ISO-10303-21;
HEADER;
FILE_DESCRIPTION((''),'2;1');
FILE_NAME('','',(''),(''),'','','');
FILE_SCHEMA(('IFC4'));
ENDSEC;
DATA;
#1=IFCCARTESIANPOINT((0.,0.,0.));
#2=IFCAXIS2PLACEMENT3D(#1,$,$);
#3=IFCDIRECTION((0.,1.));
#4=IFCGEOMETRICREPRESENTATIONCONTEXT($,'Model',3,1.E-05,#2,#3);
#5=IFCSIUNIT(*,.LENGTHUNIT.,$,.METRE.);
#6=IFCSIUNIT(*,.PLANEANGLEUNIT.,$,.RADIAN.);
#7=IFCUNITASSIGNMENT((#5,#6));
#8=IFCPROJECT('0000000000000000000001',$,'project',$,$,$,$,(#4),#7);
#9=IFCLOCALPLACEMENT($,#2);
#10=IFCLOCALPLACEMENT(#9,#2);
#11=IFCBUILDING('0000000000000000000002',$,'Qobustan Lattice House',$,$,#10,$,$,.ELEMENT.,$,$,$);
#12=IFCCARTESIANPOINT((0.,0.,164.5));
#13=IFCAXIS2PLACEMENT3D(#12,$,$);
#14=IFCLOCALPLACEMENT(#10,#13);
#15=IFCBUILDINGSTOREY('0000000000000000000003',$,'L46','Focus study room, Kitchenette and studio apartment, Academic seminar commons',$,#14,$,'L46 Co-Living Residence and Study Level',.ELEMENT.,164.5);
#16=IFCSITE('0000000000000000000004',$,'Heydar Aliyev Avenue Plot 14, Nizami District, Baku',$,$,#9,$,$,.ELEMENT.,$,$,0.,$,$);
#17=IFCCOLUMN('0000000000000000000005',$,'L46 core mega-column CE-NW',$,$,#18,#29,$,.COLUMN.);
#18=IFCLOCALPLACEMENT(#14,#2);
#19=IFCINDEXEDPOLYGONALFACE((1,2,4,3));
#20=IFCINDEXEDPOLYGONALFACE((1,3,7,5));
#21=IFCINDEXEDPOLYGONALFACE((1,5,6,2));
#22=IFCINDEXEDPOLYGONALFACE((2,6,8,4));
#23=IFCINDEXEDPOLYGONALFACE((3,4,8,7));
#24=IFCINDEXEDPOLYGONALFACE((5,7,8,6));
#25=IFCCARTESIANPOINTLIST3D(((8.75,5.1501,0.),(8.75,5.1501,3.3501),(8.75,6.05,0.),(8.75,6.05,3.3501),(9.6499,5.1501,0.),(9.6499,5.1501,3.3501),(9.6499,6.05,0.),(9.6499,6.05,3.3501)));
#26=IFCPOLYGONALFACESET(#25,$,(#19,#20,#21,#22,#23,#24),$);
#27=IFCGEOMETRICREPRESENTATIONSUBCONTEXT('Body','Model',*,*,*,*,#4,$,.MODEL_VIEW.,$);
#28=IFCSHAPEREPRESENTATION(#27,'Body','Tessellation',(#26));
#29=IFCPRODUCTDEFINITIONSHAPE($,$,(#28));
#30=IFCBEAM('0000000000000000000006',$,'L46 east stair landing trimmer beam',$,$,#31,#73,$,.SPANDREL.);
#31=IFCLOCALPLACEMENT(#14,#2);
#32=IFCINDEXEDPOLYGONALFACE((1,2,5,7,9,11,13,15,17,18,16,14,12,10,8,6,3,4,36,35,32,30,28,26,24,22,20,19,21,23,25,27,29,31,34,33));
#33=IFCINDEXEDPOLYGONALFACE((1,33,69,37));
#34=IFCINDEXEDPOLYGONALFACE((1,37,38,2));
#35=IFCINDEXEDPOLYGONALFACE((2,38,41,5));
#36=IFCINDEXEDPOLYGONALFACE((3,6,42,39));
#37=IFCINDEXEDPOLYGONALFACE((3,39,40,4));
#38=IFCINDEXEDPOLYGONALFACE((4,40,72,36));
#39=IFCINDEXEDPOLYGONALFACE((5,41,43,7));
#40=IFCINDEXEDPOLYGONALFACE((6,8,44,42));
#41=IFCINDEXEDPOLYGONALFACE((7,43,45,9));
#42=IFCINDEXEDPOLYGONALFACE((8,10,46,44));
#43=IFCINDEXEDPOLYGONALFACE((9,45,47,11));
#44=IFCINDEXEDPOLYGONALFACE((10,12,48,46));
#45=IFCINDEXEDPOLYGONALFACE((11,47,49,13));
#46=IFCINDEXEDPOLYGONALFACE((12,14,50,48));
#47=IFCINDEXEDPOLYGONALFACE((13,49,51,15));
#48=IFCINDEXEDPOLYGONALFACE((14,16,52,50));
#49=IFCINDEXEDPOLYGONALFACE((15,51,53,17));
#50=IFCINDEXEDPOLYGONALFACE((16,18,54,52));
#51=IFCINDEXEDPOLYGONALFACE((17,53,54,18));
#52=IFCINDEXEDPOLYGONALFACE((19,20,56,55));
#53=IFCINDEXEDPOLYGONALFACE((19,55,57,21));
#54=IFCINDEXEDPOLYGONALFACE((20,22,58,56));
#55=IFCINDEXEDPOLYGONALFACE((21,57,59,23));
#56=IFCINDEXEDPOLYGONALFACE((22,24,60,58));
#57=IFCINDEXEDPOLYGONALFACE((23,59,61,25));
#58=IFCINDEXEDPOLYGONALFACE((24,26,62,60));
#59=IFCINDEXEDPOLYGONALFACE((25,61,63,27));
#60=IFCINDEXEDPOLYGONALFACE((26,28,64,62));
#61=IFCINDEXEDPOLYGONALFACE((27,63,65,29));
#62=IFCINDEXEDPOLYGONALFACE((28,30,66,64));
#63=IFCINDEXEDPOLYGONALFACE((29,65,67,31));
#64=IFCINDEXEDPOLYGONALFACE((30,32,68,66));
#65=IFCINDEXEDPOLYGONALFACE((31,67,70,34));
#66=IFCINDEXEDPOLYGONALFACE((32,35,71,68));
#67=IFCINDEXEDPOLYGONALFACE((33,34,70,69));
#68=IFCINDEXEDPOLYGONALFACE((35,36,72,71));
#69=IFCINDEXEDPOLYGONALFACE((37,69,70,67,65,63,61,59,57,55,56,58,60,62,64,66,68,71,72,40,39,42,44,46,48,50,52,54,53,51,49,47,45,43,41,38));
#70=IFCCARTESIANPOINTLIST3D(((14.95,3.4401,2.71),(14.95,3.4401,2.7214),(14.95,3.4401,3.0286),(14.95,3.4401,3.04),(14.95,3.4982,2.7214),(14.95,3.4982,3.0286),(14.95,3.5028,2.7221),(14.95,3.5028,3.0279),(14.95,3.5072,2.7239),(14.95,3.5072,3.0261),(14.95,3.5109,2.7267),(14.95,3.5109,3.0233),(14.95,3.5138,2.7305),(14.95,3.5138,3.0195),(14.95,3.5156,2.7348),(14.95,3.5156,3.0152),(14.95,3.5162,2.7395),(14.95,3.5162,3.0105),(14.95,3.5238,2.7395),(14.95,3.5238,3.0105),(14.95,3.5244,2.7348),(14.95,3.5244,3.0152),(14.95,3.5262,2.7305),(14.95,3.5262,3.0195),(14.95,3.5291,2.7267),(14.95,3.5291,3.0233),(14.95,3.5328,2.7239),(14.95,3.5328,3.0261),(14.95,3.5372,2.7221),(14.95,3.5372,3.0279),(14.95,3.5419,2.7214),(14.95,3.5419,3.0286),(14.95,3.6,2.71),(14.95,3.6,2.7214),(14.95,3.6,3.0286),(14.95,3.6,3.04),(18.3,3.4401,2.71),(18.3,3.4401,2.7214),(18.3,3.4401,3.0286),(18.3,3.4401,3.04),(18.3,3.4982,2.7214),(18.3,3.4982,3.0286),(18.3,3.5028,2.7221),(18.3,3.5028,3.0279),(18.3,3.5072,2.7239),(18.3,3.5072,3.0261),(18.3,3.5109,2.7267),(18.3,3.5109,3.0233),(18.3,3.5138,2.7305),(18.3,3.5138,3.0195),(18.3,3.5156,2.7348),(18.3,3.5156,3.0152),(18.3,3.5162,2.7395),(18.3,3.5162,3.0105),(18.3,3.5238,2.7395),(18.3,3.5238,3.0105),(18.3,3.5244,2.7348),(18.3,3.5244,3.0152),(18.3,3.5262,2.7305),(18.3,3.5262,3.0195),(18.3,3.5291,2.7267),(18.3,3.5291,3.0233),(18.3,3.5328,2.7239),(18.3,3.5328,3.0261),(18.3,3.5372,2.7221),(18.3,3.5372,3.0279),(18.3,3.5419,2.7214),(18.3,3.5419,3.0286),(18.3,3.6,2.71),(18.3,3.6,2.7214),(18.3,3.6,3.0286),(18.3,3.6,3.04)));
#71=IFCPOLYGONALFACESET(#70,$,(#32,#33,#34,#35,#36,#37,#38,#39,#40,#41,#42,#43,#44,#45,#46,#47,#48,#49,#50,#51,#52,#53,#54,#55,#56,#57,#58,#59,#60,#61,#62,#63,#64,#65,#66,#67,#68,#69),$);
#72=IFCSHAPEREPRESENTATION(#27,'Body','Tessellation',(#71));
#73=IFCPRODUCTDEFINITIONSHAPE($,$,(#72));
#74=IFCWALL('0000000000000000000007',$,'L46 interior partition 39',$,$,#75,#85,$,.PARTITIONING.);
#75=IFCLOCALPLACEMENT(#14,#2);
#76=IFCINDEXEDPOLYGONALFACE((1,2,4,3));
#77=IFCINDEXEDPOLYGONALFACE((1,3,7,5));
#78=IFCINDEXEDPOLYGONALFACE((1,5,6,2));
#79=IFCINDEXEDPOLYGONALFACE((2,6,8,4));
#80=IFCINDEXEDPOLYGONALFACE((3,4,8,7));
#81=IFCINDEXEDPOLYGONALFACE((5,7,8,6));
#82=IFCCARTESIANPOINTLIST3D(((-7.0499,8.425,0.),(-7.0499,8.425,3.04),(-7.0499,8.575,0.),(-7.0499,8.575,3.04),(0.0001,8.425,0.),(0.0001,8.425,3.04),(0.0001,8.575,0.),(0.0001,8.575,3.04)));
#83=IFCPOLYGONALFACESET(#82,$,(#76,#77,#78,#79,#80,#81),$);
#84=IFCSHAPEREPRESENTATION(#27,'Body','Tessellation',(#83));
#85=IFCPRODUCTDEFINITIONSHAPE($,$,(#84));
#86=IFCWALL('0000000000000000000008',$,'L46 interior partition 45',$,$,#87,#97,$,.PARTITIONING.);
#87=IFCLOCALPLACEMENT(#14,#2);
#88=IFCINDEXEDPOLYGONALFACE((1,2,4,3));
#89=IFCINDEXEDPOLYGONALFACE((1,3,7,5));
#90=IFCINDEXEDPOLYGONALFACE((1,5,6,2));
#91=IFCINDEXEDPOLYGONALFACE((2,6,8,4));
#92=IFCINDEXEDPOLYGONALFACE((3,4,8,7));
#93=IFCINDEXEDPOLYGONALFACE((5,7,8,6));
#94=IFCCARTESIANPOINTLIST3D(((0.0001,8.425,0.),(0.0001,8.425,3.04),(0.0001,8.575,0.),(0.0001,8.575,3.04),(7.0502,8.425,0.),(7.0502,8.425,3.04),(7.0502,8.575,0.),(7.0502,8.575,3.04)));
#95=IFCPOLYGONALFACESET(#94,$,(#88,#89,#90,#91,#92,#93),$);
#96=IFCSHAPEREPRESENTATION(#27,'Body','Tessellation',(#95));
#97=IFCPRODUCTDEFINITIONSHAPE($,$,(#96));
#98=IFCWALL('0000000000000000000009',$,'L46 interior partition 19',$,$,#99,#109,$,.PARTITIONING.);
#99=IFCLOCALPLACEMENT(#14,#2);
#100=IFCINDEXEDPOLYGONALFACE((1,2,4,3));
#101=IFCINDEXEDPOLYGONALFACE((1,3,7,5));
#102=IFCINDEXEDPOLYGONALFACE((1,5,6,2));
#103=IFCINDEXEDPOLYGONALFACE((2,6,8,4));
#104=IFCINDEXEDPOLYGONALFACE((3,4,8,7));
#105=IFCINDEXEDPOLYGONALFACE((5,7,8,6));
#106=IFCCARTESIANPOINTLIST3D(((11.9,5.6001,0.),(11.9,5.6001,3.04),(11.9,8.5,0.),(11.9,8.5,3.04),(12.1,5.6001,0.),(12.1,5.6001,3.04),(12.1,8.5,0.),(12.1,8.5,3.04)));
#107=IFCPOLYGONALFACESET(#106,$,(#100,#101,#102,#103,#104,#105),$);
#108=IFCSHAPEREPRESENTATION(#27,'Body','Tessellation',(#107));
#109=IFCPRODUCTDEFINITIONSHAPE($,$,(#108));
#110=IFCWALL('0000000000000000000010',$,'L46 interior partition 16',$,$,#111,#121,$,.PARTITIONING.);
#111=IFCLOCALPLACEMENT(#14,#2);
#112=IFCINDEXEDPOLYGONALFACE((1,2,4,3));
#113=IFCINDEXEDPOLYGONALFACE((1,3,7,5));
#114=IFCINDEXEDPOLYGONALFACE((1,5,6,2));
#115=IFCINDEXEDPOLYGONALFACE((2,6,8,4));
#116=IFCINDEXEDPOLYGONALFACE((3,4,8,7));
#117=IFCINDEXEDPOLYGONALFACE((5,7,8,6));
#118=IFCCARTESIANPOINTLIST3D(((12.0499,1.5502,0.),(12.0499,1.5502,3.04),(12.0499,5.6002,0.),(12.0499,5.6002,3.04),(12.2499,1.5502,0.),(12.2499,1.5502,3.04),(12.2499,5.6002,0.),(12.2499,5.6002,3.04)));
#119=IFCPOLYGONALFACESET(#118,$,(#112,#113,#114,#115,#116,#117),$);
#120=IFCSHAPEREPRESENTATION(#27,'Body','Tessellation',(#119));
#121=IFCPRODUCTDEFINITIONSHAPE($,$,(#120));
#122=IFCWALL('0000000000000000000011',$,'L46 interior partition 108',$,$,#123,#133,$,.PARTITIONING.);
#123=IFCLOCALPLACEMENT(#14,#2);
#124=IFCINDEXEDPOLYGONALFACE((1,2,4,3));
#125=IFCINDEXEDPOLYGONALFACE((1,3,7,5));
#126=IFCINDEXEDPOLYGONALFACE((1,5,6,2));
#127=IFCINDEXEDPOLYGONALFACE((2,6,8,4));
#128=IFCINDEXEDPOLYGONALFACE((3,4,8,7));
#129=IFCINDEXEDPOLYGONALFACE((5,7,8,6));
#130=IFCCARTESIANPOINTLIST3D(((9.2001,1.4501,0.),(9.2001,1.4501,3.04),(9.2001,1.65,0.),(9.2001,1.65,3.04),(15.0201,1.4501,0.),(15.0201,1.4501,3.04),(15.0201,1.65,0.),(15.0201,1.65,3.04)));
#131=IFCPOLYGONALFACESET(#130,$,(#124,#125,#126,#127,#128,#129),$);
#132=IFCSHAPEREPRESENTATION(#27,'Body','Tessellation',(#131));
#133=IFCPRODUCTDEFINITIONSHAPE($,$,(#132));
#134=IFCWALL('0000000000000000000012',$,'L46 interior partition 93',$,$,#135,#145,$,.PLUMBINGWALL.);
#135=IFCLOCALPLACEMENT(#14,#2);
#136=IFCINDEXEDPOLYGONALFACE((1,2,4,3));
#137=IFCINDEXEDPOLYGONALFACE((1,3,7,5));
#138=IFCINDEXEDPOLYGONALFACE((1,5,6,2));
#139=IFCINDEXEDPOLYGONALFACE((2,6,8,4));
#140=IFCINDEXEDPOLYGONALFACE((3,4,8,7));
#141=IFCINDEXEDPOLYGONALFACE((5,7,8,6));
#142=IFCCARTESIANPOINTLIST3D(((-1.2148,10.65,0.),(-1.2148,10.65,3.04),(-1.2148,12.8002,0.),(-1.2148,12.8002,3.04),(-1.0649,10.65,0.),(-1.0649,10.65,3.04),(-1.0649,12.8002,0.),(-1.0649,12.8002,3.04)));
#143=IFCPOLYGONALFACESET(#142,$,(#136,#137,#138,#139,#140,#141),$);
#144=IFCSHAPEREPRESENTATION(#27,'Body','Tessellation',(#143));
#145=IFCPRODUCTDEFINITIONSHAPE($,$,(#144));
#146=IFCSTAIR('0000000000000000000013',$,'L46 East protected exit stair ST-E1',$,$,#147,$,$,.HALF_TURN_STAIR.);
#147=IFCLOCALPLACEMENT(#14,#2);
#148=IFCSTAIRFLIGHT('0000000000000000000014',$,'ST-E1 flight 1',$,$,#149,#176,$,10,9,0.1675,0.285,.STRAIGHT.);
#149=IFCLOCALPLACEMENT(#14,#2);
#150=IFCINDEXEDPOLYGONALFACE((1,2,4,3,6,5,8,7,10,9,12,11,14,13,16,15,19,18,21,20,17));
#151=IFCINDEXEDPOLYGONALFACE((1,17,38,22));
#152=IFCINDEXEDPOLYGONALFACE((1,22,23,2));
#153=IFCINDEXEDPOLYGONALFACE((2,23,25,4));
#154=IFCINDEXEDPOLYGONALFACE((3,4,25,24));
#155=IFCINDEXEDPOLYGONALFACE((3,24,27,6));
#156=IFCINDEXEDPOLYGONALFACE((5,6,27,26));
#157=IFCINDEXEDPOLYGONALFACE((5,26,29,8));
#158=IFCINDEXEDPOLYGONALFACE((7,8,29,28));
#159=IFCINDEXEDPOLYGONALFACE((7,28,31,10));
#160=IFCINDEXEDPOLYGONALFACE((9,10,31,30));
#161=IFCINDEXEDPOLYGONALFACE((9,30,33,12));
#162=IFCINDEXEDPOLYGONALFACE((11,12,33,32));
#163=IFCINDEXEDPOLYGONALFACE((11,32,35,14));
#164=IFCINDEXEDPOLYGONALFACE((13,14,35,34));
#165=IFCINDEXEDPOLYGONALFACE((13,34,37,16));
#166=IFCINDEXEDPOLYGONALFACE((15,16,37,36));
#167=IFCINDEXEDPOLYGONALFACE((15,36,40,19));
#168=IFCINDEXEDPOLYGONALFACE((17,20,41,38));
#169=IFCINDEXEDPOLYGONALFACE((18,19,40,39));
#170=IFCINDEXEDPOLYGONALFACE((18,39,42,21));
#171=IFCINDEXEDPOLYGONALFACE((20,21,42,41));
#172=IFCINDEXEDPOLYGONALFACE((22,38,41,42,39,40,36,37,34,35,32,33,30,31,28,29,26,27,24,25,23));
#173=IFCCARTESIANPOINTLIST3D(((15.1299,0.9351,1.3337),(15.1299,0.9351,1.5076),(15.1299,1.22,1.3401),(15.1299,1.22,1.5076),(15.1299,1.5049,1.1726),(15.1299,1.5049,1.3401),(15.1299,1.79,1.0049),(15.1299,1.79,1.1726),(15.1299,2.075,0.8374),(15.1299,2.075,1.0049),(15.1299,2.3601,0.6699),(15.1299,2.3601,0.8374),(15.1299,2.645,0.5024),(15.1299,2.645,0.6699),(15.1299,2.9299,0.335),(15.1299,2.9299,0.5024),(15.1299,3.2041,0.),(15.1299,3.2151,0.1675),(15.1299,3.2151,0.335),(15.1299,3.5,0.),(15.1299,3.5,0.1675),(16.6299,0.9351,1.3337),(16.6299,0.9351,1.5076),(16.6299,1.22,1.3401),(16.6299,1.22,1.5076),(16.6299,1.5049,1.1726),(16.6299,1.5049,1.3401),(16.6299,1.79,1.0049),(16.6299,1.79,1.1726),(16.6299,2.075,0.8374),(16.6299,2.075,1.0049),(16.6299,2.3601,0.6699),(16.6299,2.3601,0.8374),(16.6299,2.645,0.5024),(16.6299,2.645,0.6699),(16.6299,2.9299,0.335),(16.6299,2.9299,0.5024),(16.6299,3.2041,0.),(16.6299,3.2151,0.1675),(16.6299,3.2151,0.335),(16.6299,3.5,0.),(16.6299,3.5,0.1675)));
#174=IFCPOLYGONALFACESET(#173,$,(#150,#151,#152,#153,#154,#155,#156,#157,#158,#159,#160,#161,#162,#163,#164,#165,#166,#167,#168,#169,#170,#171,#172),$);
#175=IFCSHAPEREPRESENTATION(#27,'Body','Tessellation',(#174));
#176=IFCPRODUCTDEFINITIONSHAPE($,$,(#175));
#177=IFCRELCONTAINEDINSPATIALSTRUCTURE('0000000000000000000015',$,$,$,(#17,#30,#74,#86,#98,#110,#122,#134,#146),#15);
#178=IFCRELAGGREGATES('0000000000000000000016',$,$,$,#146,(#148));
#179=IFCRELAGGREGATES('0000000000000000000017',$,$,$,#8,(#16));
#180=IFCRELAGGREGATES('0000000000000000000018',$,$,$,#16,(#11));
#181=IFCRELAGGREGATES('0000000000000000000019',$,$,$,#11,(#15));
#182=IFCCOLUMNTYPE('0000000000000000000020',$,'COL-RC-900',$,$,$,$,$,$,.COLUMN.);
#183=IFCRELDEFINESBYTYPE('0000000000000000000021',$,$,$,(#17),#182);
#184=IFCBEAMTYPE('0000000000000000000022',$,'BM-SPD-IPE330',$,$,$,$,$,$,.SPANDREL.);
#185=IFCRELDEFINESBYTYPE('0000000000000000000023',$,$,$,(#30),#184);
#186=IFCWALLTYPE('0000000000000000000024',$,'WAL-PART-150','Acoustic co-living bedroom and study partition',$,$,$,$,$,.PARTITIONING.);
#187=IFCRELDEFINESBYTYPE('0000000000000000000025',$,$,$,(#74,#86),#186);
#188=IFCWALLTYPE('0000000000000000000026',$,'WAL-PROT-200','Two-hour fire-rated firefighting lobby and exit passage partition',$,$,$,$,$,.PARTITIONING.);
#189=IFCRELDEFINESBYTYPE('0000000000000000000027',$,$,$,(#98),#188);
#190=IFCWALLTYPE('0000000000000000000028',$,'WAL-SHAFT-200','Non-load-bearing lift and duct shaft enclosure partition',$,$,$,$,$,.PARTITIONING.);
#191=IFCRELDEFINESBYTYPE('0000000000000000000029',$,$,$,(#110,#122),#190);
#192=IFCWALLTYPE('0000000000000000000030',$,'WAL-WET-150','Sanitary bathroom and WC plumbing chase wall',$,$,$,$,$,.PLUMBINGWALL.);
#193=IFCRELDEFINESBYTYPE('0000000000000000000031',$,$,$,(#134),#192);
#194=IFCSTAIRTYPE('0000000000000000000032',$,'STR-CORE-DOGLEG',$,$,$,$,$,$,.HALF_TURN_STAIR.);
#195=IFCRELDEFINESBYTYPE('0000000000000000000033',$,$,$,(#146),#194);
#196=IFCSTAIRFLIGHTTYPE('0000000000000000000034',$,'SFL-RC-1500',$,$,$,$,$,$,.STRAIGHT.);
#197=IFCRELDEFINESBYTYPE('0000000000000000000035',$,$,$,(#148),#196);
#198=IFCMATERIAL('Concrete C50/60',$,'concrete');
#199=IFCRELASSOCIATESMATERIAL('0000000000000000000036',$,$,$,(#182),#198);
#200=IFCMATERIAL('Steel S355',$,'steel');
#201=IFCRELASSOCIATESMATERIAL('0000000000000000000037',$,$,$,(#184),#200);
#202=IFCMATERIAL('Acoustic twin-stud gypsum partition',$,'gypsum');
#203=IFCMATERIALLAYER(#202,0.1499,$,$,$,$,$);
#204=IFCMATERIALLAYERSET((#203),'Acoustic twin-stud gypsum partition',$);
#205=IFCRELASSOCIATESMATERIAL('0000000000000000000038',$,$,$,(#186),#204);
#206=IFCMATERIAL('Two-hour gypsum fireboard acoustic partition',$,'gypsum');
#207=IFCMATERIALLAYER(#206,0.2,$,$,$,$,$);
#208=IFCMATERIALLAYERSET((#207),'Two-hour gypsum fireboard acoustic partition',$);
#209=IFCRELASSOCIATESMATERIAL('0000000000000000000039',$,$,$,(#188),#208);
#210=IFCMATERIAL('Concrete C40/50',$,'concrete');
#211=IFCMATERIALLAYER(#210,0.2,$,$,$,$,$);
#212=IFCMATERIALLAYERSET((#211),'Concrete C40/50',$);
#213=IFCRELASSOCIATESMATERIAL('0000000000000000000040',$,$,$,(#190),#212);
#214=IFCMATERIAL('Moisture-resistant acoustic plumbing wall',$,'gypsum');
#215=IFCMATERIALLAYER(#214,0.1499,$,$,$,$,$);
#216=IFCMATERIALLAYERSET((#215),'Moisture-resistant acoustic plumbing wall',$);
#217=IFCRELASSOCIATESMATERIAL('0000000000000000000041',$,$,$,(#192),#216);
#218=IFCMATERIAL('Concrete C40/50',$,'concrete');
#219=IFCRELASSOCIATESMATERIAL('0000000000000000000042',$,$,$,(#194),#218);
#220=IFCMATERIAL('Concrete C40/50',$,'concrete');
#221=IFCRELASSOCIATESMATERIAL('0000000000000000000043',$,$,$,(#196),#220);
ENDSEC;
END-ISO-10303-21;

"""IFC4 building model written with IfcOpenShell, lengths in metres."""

from ifc_helpers import new_model, si_unit, direction, frame, frame_2d, origin, origin_2d, place, context, subcontext, project, spatial, polyline, rectangle, i_section, outline, extrude, material, layer, layer_set, material_profile, profile_set, type_object, element, aggregate, save


model = new_model("IFC4")

# Units and contexts
model_context = context("Model", 3, precision=1e-05, world=origin(), true_north=direction((0.0, 1.0)))
body_context = subcontext(model_context, "Body", "Model", "MODEL_VIEW")
ifc_project = project(units=[si_unit("LENGTHUNIT", "METRE"), si_unit("PLANEANGLEUNIT", "RADIAN")], contexts=[model_context])

# Site, building, storey
site_placement = place(None, origin())
site = spatial("IfcSite", under=ifc_project, at=site_placement, Name="Heydar Aliyev Avenue Plot 14, Nizami District, Baku", CompositionType="ELEMENT", RefElevation=0.0)
building_placement = place(site_placement, origin())
building = spatial("IfcBuilding", under=site, at=building_placement, Name="Qobustan Lattice House", CompositionType="ELEMENT")
storey_placement = place(building_placement, frame((0.0, 0.0, 164.5)))
storey = spatial("IfcBuildingStorey", under=building, at=storey_placement, Name="L46", Description="Focus study room, Kitchenette and studio apartment, Academic seminar commons", LongName="L46 Co-Living Residence and Study Level", CompositionType="ELEMENT", Elevation=164.5)

# Column
ifc_material_1 = material(Name="Concrete C50/60", Category="concrete")
ifc_material_profile_1 = material_profile(ifc_material_1, rectangle(XDim=0.8999, YDim=0.8999, at=origin_2d()), Name="RC900x900")
ifc_profile_set_1 = profile_set([ifc_material_profile_1], Name="Concrete C50/60")
column_type = type_object("IfcColumnType", Name="COL-RC-900", PredefinedType="COLUMN", material=ifc_profile_set_1)
column_placement = place(storey_placement, frame((9.2, 5.6001, 0.0), z_axis=(0.0, 0.0, 1.0), x_axis=(1.0, 0.0, 0.0)))
element("IfcColumn", 1, at=column_placement, inside=storey, type_object=column_type, Name="L46 core mega-column CE-NW", PredefinedType="COLUMN", context=body_context, shape_type="SweptSolid", body=[
    extrude(rectangle(XDim=0.8999, YDim=0.8999, at=origin_2d()), origin(), (0.0, 0.0, 1.0), 3.3501),
])

# Beam
ifc_material_2 = material(Name="Steel S355", Category="steel")
ifc_material_profile_2 = material_profile(ifc_material_2, i_section(OverallWidth=0.1599, OverallDepth=0.3301, WebThickness=0.0076, FlangeThickness=0.0115, FilletRadius=0.0181, at=origin_2d()), Name="IPE330")
ifc_profile_set_2 = profile_set([ifc_material_profile_2], Name="Steel S355")
beam_type = type_object("IfcBeamType", Name="BM-SPD-IPE330", PredefinedType="SPANDREL", material=ifc_profile_set_2)
beam_placement = place(storey_placement, frame((14.95, 3.52, 2.875), z_axis=(1.0, 0.0, 0.0), x_axis=(0.0, 1.0, 0.0)))
element("IfcBeam", 2, at=beam_placement, inside=storey, type_object=beam_type, Name="L46 east stair landing trimmer beam", PredefinedType="SPANDREL", context=body_context, shape_type="SweptSolid", body=[
    extrude(i_section(OverallWidth=0.1599, OverallDepth=0.3301, WebThickness=0.0076, FlangeThickness=0.0115, FilletRadius=0.0181, at=origin_2d()), origin(), (0.0, 0.0, 1.0), 3.3501),
])

# Walls
ifc_material_3 = material(Name="Acoustic twin-stud gypsum partition", Category="gypsum")
ifc_layer_1 = layer(ifc_material_3, 0.1499)
ifc_layer_set_1 = layer_set([ifc_layer_1], Name="Acoustic twin-stud gypsum partition")
wall_type_1 = type_object("IfcWallType", Name="WAL-PART-150", Description="Acoustic co-living bedroom and study partition", PredefinedType="PARTITIONING", material=ifc_layer_set_1)
for number, where, z_axis, x_axis, name in (
    (3, (0.0, 8.5, 0.0), (0.0, 0.0, 1.0), (-1.0, 0.0, 0.0), "L46 interior partition 39"),
    (4, (7.05, 8.5, 0.0), (0.0, 0.0, 1.0), (-1.0, 0.0, 0.0), "L46 interior partition 45"),
):
    element("IfcWall", number, at=place(storey_placement, frame(where, z_axis=z_axis, x_axis=x_axis)), inside=storey, type_object=wall_type_1, Name=name, PredefinedType="PARTITIONING", context=body_context, shape_type="SweptSolid", body=[
        extrude(rectangle(XDim=7.05, YDim=0.1499, at=frame_2d((3.5249, 0.0))), origin(), (0.0, 0.0, 1.0), 3.04),
    ])
ifc_material_4 = material(Name="Two-hour gypsum fireboard acoustic partition", Category="gypsum")
ifc_layer_2 = layer(ifc_material_4, 0.2)
ifc_layer_set_2 = layer_set([ifc_layer_2], Name="Two-hour gypsum fireboard acoustic partition")
wall_type_2 = type_object("IfcWallType", Name="WAL-PROT-200", Description="Two-hour fire-rated firefighting lobby and exit passage partition", PredefinedType="PARTITIONING", material=ifc_layer_set_2)
wall_1_placement = place(storey_placement, frame((12.0, 8.5, 0.0), z_axis=(0.0, 0.0, 1.0), x_axis=(0.0, -1.0, 0.0)))
element("IfcWall", 5, at=wall_1_placement, inside=storey, type_object=wall_type_2, Name="L46 interior partition 19", PredefinedType="PARTITIONING", context=body_context, shape_type="SweptSolid", body=[
    extrude(rectangle(XDim=2.8999, YDim=0.2, at=frame_2d((1.45, 0.0))), origin(), (0.0, 0.0, 1.0), 3.04),
])
ifc_material_5 = material(Name="Concrete C40/50", Category="concrete")
ifc_layer_3 = layer(ifc_material_5, 0.2)
ifc_layer_set_3 = layer_set([ifc_layer_3], Name="Concrete C40/50")
wall_type_3 = type_object("IfcWallType", Name="WAL-SHAFT-200", Description="Non-load-bearing lift and duct shaft enclosure partition", PredefinedType="PARTITIONING", material=ifc_layer_set_3)
wall_2_placement = place(storey_placement, frame((12.1499, 5.6001, 0.0), z_axis=(0.0, 0.0, 1.0), x_axis=(0.0, -1.0, 0.0)))
element("IfcWall", 6, at=wall_2_placement, inside=storey, type_object=wall_type_3, Name="L46 interior partition 16", PredefinedType="PARTITIONING", context=body_context, shape_type="SweptSolid", body=[
    extrude(rectangle(XDim=4.05, YDim=0.2, at=frame_2d((2.0249, 0.0))), origin(), (0.0, 0.0, 1.0), 3.04),
])
wall_3_placement = place(storey_placement, frame((9.2, 1.55, 0.0), z_axis=(0.0, 0.0, 1.0), x_axis=(1.0, 0.0, 0.0)))
element("IfcWall", 7, at=wall_3_placement, inside=storey, type_object=wall_type_3, Name="L46 interior partition 108", PredefinedType="PARTITIONING", context=body_context, shape_type="SweptSolid", body=[
    extrude(rectangle(XDim=5.8201, YDim=0.2, at=frame_2d((2.9102, 0.0))), origin(), (0.0, 0.0, 1.0), 3.04),
])
ifc_material_6 = material(Name="Moisture-resistant acoustic plumbing wall", Category="gypsum")
ifc_layer_4 = layer(ifc_material_6, 0.1499)
ifc_layer_set_4 = layer_set([ifc_layer_4], Name="Moisture-resistant acoustic plumbing wall")
wall_type_4 = type_object("IfcWallType", Name="WAL-WET-150", Description="Sanitary bathroom and WC plumbing chase wall", PredefinedType="PLUMBINGWALL", material=ifc_layer_set_4)
wall_4_placement = place(storey_placement, frame((-1.1399, 10.6499, 0.0), z_axis=(0.0, 0.0, 1.0), x_axis=(0.0, 1.0, 0.0)))
element("IfcWall", 8, at=wall_4_placement, inside=storey, type_object=wall_type_4, Name="L46 interior partition 93", PredefinedType="PLUMBINGWALL", context=body_context, shape_type="SweptSolid", body=[
    extrude(rectangle(XDim=2.1501, YDim=0.1499, at=frame_2d((1.0752, 0.0))), origin(), (0.0, 0.0, 1.0), 3.04),
])

# Stair, stair flight
ifc_material_7 = material(Name="Concrete C40/50", Category="concrete")
stair_type = type_object("IfcStairType", Name="STR-CORE-DOGLEG", PredefinedType="HALF_TURN_STAIR", material=ifc_material_7)
stair_placement = place(storey_placement, origin())
stair = element("IfcStair", 9, at=stair_placement, inside=storey, type_object=stair_type, Name="L46 East protected exit stair ST-E1", PredefinedType="HALF_TURN_STAIR")
ifc_material_8 = material(Name="Concrete C40/50", Category="concrete")
stair_flight_type = type_object("IfcStairFlightType", Name="SFL-RC-1500", PredefinedType="STRAIGHT", material=ifc_material_8)
stair_flight_placement = place(storey_placement, frame((15.8799, 3.5, 0.0), z_axis=(0.0, 0.0, 1.0), x_axis=(0.0, -1.0, 0.0)))
stair_flight = element("IfcStairFlight", 10, at=stair_flight_placement, type_object=stair_flight_type, Name="ST-E1 flight 1", NumberOfRisers=10, NumberOfTreads=9, PredefinedType="STRAIGHT", RiserHeight=0.1675, TreadLength=0.285, context=body_context, shape_type="SweptSolid", body=[
    extrude(outline(polyline([(0.0, 0.0), (0.0, 0.1675), (0.2849, 0.1675), (0.2849, 0.335), (0.5701, 0.335), (0.5701, 0.5024), (0.855, 0.5024), (0.855, 0.6699), (1.1399, 0.6699), (1.1399, 0.8374), (1.425, 0.8374), (1.425, 1.0049), (1.71, 1.0049), (1.71, 1.1726), (1.9951, 1.1726), (1.9951, 1.3401), (2.28, 1.3401), (2.28, 1.5076), (2.5649, 1.5076), (2.5649, 1.675), (2.5649, 1.3337), (0.2959, 0.0), (0.0, 0.0)])), frame((0.0, 0.75, 0.0), z_axis=(0.0, -1.0, 0.0), x_axis=(1.0, 0.0, 0.0)), (0.0, 0.0, 1.0), 1.5),
])
aggregate(stair, [stair_flight])

save(model, "model.ifc")
